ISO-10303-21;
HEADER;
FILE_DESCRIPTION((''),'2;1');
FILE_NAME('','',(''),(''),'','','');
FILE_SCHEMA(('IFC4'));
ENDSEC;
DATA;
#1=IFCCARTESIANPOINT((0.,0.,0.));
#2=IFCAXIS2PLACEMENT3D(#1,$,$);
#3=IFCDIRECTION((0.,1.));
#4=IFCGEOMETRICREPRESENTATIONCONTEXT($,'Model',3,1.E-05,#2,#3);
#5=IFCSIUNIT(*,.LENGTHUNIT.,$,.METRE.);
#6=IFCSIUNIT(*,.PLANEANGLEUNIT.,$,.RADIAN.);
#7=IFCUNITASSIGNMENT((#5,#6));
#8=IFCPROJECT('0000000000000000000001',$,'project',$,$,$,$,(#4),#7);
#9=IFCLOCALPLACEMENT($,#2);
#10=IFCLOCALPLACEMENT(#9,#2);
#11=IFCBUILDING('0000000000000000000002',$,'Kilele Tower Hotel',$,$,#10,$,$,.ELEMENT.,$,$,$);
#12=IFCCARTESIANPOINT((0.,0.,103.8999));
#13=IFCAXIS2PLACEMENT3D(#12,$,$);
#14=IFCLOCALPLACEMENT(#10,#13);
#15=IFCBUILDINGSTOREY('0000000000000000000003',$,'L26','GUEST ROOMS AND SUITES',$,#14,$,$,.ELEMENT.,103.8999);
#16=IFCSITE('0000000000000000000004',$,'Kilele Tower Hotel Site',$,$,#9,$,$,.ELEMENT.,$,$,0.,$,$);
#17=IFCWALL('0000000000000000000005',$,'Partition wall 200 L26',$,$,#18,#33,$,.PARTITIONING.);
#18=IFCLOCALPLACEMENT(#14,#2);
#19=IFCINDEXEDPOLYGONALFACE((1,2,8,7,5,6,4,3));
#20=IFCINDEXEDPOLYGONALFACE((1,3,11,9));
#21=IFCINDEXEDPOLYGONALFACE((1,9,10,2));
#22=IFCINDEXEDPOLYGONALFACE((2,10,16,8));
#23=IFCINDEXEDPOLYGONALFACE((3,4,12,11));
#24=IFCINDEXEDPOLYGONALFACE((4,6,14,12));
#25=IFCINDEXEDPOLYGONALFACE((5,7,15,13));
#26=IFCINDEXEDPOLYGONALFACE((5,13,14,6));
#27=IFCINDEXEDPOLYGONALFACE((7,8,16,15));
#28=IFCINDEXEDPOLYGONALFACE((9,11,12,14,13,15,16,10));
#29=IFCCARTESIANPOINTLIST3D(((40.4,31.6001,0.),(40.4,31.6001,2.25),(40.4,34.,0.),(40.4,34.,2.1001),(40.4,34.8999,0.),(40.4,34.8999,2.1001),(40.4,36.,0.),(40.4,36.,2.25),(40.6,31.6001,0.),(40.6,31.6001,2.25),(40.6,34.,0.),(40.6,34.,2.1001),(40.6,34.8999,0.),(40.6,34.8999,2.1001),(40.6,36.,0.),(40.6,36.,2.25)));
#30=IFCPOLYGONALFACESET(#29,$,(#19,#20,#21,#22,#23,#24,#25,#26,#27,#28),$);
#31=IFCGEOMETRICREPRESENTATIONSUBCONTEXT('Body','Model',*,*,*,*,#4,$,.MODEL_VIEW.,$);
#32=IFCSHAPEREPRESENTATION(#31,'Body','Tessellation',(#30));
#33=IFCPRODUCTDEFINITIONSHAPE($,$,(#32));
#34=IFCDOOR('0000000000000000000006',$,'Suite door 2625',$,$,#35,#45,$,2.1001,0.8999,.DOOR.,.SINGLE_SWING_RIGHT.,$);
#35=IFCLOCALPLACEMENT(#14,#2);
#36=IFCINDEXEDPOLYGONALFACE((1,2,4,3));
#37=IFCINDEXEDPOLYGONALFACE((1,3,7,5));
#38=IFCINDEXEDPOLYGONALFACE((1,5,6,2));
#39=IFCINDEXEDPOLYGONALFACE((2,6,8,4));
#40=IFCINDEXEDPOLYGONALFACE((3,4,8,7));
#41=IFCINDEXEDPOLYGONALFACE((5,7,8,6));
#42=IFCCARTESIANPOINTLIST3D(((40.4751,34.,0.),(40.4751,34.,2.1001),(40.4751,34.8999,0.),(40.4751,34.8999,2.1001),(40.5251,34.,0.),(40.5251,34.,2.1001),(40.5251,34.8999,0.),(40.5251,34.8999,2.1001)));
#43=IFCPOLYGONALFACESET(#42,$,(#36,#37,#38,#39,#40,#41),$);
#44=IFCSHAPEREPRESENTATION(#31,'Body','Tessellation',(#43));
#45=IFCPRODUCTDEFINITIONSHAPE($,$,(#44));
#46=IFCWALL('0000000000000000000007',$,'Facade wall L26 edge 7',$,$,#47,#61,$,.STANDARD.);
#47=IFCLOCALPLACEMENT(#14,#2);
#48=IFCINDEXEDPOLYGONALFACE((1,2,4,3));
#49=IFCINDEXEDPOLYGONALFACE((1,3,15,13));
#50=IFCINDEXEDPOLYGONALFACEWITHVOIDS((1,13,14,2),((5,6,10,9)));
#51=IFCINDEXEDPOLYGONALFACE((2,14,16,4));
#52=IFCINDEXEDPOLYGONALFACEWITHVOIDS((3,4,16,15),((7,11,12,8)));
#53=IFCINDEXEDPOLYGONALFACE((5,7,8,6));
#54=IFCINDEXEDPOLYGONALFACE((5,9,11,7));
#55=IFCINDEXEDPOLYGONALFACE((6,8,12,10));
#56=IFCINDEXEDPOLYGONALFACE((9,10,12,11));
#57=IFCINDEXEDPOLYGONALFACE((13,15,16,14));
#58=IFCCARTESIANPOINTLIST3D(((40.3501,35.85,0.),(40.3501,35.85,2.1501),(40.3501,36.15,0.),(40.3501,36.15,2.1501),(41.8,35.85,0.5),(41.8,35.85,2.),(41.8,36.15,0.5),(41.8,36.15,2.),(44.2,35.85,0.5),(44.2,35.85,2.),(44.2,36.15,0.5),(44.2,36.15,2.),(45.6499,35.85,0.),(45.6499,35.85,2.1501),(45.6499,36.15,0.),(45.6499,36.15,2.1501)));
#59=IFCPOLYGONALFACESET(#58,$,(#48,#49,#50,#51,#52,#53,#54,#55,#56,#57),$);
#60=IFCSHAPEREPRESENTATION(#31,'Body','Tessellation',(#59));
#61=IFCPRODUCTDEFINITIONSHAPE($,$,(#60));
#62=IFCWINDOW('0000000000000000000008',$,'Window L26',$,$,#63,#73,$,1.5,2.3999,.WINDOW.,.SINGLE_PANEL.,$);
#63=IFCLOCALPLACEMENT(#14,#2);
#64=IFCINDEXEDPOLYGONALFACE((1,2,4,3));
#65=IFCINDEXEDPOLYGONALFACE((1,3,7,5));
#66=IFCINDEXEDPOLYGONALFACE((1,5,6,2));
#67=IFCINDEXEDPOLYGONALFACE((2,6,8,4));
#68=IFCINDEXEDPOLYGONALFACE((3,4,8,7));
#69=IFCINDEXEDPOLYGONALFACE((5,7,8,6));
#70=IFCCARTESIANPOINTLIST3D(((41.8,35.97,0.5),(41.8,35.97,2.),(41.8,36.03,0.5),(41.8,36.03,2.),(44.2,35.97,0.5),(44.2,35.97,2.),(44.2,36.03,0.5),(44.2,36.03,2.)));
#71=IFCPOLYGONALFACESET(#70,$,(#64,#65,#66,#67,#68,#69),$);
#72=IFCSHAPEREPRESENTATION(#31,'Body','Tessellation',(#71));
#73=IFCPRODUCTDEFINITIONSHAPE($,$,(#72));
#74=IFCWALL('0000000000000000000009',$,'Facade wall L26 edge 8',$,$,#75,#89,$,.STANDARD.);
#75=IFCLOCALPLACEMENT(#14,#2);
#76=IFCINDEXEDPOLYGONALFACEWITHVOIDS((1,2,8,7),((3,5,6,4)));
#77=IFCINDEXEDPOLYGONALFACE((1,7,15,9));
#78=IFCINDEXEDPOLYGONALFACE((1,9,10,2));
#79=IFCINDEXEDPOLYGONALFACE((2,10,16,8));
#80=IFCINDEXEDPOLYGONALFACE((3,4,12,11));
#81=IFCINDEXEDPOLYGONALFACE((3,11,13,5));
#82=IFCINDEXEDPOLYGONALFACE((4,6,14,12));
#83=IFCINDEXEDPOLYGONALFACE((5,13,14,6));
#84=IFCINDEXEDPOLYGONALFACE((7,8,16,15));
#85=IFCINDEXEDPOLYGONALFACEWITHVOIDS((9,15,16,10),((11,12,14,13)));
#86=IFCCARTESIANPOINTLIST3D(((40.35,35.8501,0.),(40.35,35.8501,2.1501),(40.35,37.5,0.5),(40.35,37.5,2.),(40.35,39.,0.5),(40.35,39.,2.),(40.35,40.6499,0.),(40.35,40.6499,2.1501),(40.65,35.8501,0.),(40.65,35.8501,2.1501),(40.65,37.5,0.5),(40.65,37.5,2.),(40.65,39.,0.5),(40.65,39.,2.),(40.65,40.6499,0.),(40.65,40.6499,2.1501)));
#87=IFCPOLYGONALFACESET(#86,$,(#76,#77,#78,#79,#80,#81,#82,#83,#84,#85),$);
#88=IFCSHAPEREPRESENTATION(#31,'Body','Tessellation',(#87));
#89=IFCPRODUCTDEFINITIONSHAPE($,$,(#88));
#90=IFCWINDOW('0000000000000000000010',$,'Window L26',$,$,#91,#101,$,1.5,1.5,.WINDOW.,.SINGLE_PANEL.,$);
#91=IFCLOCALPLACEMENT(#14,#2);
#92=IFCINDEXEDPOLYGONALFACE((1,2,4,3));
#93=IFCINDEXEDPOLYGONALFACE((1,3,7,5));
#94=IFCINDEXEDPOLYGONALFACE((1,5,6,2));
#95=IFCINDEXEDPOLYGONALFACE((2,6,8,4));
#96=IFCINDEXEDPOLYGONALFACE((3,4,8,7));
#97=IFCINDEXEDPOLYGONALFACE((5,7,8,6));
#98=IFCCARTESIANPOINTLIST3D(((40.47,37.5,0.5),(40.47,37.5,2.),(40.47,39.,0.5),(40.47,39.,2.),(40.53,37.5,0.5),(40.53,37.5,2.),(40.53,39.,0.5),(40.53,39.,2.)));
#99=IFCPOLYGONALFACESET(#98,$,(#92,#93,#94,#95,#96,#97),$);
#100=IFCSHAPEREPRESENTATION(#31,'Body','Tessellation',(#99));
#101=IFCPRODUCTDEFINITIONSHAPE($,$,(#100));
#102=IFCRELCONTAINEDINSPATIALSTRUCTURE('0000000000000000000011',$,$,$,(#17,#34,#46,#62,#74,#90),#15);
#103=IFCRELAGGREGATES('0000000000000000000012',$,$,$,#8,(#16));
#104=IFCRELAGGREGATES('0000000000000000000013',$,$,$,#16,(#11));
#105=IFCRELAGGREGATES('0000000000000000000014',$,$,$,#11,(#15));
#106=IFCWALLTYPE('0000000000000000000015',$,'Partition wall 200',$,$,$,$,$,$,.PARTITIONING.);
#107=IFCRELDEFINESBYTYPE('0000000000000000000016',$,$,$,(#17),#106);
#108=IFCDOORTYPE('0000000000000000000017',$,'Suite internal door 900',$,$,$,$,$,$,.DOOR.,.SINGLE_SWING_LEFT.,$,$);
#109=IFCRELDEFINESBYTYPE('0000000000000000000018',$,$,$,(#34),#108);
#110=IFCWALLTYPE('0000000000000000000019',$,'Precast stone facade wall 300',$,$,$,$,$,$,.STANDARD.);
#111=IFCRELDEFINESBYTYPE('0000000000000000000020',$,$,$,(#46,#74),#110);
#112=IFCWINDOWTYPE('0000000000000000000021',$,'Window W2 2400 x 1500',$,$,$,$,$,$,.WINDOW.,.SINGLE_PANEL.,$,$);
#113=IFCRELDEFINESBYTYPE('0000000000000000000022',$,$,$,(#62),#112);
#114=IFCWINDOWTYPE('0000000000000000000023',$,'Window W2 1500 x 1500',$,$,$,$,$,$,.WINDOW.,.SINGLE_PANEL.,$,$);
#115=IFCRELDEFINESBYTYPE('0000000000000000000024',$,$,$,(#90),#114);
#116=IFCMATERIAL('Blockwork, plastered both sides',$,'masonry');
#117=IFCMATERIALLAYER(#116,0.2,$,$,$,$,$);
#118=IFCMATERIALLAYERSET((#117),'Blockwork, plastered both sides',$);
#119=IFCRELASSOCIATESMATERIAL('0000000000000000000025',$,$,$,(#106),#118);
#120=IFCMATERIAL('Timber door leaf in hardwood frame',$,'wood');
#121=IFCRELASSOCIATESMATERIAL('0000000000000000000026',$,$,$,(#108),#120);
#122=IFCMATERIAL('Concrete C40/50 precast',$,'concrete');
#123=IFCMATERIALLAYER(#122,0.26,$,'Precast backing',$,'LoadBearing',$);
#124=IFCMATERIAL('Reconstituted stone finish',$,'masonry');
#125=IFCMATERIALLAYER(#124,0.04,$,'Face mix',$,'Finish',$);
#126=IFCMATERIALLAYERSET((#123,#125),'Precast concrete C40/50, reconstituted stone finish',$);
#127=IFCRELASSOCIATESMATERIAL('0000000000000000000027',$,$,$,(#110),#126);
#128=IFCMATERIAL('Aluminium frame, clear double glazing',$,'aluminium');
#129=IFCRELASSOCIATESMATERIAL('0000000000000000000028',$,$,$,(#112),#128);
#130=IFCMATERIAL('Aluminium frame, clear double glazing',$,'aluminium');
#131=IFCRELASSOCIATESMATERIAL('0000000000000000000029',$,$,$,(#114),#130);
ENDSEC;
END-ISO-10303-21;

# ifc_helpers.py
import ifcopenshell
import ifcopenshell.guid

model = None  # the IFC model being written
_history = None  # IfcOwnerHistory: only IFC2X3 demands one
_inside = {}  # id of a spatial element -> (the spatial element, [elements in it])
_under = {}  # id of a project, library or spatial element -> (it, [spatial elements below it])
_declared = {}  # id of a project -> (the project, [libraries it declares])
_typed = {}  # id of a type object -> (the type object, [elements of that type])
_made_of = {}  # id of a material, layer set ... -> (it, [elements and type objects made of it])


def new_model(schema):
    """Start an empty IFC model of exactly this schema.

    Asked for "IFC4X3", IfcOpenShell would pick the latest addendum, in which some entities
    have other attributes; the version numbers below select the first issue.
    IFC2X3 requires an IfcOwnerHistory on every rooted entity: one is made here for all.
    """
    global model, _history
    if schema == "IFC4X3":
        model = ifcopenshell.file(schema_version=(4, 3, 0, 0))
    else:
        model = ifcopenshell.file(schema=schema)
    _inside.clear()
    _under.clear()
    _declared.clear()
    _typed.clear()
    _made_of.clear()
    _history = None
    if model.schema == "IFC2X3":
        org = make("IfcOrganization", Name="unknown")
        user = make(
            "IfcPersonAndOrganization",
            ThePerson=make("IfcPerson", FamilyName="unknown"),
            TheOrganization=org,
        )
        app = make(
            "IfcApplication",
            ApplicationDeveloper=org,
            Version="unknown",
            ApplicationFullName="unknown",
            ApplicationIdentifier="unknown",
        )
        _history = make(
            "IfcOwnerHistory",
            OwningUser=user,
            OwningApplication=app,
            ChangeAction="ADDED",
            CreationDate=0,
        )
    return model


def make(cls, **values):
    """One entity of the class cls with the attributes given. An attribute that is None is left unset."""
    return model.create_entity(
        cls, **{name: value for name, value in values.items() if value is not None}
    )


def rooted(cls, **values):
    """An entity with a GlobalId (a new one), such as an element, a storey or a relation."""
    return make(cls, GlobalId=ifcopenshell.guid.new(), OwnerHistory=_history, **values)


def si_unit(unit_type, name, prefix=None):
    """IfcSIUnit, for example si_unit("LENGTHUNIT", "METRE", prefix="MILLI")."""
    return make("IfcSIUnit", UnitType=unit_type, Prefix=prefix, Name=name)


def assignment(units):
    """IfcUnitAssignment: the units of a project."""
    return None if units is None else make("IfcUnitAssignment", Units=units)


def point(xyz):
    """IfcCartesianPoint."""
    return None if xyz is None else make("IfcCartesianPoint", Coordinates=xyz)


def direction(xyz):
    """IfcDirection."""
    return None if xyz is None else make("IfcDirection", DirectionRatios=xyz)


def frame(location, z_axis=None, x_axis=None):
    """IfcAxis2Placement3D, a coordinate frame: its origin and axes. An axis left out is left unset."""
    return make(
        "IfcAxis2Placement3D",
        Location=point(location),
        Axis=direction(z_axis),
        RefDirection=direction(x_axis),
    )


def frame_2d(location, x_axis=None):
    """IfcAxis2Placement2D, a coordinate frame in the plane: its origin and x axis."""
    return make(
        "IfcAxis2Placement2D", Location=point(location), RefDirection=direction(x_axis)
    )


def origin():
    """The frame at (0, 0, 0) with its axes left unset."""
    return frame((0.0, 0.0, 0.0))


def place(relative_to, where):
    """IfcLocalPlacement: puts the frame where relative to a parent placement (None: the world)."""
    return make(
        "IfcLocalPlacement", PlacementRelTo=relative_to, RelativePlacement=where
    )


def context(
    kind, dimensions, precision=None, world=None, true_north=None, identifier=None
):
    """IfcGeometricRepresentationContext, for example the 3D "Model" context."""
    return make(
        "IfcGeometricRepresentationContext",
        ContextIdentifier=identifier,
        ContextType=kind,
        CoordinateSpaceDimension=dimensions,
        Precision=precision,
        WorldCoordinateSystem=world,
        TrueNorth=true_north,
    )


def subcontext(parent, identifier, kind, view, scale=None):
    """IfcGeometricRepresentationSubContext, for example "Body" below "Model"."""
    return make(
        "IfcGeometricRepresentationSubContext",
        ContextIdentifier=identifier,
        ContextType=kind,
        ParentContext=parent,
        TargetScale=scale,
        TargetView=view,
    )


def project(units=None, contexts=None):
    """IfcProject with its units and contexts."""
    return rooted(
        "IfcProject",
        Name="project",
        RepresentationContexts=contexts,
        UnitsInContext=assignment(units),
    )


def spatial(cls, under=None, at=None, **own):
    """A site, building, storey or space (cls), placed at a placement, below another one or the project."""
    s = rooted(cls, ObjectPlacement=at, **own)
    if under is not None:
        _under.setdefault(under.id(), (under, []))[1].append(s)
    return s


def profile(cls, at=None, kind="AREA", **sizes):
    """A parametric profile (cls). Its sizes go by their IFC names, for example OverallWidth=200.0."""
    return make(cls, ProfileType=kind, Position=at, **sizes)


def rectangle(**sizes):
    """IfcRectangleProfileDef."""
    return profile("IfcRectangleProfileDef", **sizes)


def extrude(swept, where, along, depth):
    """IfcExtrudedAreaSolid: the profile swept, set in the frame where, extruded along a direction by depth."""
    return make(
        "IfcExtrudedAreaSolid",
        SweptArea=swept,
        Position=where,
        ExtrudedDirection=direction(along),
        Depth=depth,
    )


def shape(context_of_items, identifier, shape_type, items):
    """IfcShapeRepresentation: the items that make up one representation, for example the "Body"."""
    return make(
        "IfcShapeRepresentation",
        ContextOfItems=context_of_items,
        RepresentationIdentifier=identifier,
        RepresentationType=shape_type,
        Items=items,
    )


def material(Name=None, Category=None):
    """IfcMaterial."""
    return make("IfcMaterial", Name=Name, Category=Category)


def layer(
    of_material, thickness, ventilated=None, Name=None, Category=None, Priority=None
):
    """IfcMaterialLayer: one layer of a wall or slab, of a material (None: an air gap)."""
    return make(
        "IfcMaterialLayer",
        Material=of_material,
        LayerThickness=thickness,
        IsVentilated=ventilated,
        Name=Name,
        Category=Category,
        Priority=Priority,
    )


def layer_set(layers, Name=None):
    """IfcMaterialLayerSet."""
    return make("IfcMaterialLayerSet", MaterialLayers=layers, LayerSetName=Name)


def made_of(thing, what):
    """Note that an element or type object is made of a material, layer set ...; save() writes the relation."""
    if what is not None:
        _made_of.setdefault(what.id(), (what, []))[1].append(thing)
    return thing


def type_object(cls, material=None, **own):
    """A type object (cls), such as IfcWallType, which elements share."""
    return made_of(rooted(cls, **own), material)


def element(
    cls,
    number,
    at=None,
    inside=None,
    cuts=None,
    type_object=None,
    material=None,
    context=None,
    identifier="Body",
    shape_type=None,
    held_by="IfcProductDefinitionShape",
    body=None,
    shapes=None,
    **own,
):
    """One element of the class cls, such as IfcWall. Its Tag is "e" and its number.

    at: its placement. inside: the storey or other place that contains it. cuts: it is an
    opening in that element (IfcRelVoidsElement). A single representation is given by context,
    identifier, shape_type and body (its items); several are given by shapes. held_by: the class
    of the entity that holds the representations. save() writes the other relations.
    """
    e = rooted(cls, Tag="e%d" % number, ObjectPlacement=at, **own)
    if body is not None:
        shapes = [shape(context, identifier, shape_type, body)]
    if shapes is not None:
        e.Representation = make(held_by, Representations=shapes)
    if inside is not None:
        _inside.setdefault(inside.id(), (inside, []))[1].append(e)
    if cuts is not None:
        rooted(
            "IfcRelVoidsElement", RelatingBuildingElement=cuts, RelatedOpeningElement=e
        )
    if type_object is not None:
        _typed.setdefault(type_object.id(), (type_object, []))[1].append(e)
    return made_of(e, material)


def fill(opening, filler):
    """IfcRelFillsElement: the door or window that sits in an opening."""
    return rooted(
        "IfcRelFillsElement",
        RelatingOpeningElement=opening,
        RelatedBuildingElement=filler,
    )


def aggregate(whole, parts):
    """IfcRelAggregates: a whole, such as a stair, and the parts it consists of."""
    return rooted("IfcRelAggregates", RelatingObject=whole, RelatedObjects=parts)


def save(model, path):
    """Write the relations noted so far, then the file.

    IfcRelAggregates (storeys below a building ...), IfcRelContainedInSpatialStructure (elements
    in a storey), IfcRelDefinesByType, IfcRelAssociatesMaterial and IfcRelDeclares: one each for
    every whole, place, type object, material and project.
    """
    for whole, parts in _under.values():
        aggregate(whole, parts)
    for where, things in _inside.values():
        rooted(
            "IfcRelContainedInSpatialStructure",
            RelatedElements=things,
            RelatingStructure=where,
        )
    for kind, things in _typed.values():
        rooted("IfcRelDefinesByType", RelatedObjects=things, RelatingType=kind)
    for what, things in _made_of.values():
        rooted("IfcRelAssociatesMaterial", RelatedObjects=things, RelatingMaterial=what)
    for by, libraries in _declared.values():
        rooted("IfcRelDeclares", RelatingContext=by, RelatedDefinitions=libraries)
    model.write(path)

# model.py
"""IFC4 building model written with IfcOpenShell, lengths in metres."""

from ifc_helpers import new_model, si_unit, direction, frame, frame_2d, origin, place, context, subcontext, project, spatial, rectangle, extrude, material, layer, layer_set, type_object, element, fill, save


model = new_model("IFC4")

# Units and contexts
model_context = context("Model", 3, precision=1e-05, world=origin(), true_north=direction((0.0, 1.0)))
body_context = subcontext(model_context, "Body", "Model", "MODEL_VIEW")
ifc_project = project(units=[si_unit("LENGTHUNIT", "METRE"), si_unit("PLANEANGLEUNIT", "RADIAN")], contexts=[model_context])

# Site, building, storey
site_placement = place(None, origin())
site = spatial("IfcSite", under=ifc_project, at=site_placement, Name="Kilele Tower Hotel Site", CompositionType="ELEMENT", RefElevation=0.0)
building_placement = place(site_placement, origin())
building = spatial("IfcBuilding", under=site, at=building_placement, Name="Kilele Tower Hotel", CompositionType="ELEMENT")
storey_placement = place(building_placement, frame((0.0, 0.0, 103.8999)))
storey = spatial("IfcBuildingStorey", under=building, at=storey_placement, Name="L26", Description="GUEST ROOMS AND SUITES", CompositionType="ELEMENT", Elevation=103.8999)

# Wall, opening, door
ifc_material_1 = material(Name="Blockwork, plastered both sides", Category="masonry")
ifc_layer_1 = layer(ifc_material_1, 0.2)
ifc_layer_set_1 = layer_set([ifc_layer_1], Name="Blockwork, plastered both sides")
wall_type_1 = type_object("IfcWallType", Name="Partition wall 200", PredefinedType="PARTITIONING", material=ifc_layer_set_1)
wall_1_placement = place(storey_placement, frame((40.5, 31.6001, 0.0), z_axis=(0.0, 0.0, 1.0), x_axis=(0.0, 1.0, 0.0)))
wall_1 = element("IfcWall", 1, at=wall_1_placement, inside=storey, type_object=wall_type_1, Name="Partition wall 200 L26", PredefinedType="PARTITIONING", context=body_context, shape_type="SweptSolid", body=[
    extrude(rectangle(XDim=4.3999, YDim=0.2, at=frame_2d((2.2, 0.0))), origin(), (0.0, 0.0, 1.0), 2.25),
])
opening_1_placement = place(wall_1_placement, frame((2.3999, 0.0, 0.0)))
opening_1 = element("IfcOpeningElement", 2, at=opening_1_placement, cuts=wall_1, PredefinedType="OPENING", context=body_context, shape_type="SweptSolid", body=[
    extrude(rectangle(XDim=0.8999, YDim=2.1001, at=frame_2d((0.45, 1.05))), frame((0.0, 0.1099, 0.0), z_axis=(0.0, -1.0, 0.0), x_axis=(1.0, 0.0, 0.0)), (0.0, 0.0, 1.0), 0.22),
])
ifc_material_2 = material(Name="Timber door leaf in hardwood frame", Category="wood")
door_type_1 = type_object("IfcDoorType", Name="Suite internal door 900", OperationType="SINGLE_SWING_LEFT", PredefinedType="DOOR", material=ifc_material_2)
door_1_placement = place(opening_1_placement, origin())
door_1 = element("IfcDoor", 3, at=door_1_placement, inside=storey, type_object=door_type_1, Name="Suite door 2625", OperationType="SINGLE_SWING_RIGHT", OverallHeight=2.1001, OverallWidth=0.8999, PredefinedType="DOOR", context=body_context, shape_type="SweptSolid", body=[
    extrude(rectangle(XDim=0.8999, YDim=2.1001, at=frame_2d((0.45, 1.05))), frame((0.0, 0.0249, 0.0), z_axis=(0.0, -1.0, 0.0), x_axis=(1.0, 0.0, 0.0)), (0.0, 0.0, 1.0), 0.05),
])
fill(opening_1, door_1)

# Walls, openings, windows
ifc_material_3 = material(Name="Concrete C40/50 precast", Category="concrete")
ifc_layer_2 = layer(ifc_material_3, 0.26, Name="Precast backing", Category="LoadBearing")
ifc_material_4 = material(Name="Reconstituted stone finish", Category="masonry")
ifc_layer_3 = layer(ifc_material_4, 0.04, Name="Face mix", Category="Finish")
ifc_layer_set_2 = layer_set([ifc_layer_2, ifc_layer_3], Name="Precast concrete C40/50, reconstituted stone finish")
wall_type_2 = type_object("IfcWallType", Name="Precast stone facade wall 300", PredefinedType="STANDARD", material=ifc_layer_set_2)
wall_2_placement = place(storey_placement, frame((45.6499, 36.0, 0.0), z_axis=(0.0, 0.0, 1.0), x_axis=(-1.0, 0.0, 0.0)))
wall_2 = element("IfcWall", 4, at=wall_2_placement, inside=storey, type_object=wall_type_2, Name="Facade wall L26 edge 7", PredefinedType="STANDARD", context=body_context, shape_type="SweptSolid", body=[
    extrude(rectangle(XDim=5.2998, YDim=0.3, at=frame_2d((2.6499, 0.0))), origin(), (0.0, 0.0, 1.0), 2.1501),
])
opening_2_placement = place(wall_2_placement, frame((1.45, 0.0, 0.5)))
opening_2 = element("IfcOpeningElement", 5, at=opening_2_placement, cuts=wall_2, PredefinedType="OPENING", context=body_context, shape_type="SweptSolid", body=[
    extrude(rectangle(XDim=2.3999, YDim=1.5, at=frame_2d((1.2, 0.75))), frame((0.0, 0.1599, 0.0), z_axis=(0.0, -1.0, 0.0), x_axis=(1.0, 0.0, 0.0)), (0.0, 0.0, 1.0), 0.3201),
])
ifc_material_5 = material(Name="Aluminium frame, clear double glazing", Category="aluminium")
window_type_1 = type_object("IfcWindowType", Name="Window W2 2400 x 1500", PartitioningType="SINGLE_PANEL", PredefinedType="WINDOW", material=ifc_material_5)
window_1_placement = place(opening_2_placement, origin())
window_1 = element("IfcWindow", 6, at=window_1_placement, inside=storey, type_object=window_type_1, Name="Window L26", OverallHeight=1.5, OverallWidth=2.3999, PartitioningType="SINGLE_PANEL", PredefinedType="WINDOW", context=body_context, shape_type="SweptSolid", body=[
    extrude(rectangle(XDim=2.3999, YDim=1.5, at=frame_2d((1.2, 0.75))), frame((0.0, 0.03, 0.0), z_axis=(0.0, -1.0, 0.0), x_axis=(1.0, 0.0, 0.0)), (0.0, 0.0, 1.0), 0.0601),
])
fill(opening_2, window_1)
wall_3_placement = place(storey_placement, frame((40.5, 35.8501, 0.0), z_axis=(0.0, 0.0, 1.0), x_axis=(0.0, 1.0, 0.0)))
wall_3 = element("IfcWall", 7, at=wall_3_placement, inside=storey, type_object=wall_type_2, Name="Facade wall L26 edge 8", PredefinedType="STANDARD", context=body_context, shape_type="SweptSolid", body=[
    extrude(rectangle(XDim=4.7998, YDim=0.3, at=frame_2d((2.3999, 0.0))), origin(), (0.0, 0.0, 1.0), 2.1501),
])
opening_3_placement = place(wall_3_placement, frame((1.6499, 0.0, 0.5)))
opening_3 = element("IfcOpeningElement", 8, at=opening_3_placement, cuts=wall_3, PredefinedType="OPENING", context=body_context, shape_type="SweptSolid", body=[
    extrude(rectangle(XDim=1.5, YDim=1.5, at=frame_2d((0.75, 0.75))), frame((0.0, 0.1599, 0.0), z_axis=(0.0, -1.0, 0.0), x_axis=(1.0, 0.0, 0.0)), (0.0, 0.0, 1.0), 0.3201),
])
ifc_material_6 = material(Name="Aluminium frame, clear double glazing", Category="aluminium")
window_type_2 = type_object("IfcWindowType", Name="Window W2 1500 x 1500", PartitioningType="SINGLE_PANEL", PredefinedType="WINDOW", material=ifc_material_6)
window_2_placement = place(opening_3_placement, origin())
window_2 = element("IfcWindow", 9, at=window_2_placement, inside=storey, type_object=window_type_2, Name="Window L26", OverallHeight=1.5, OverallWidth=1.5, PartitioningType="SINGLE_PANEL", PredefinedType="WINDOW", context=body_context, shape_type="SweptSolid", body=[
    extrude(rectangle(XDim=1.5, YDim=1.5, at=frame_2d((0.75, 0.75))), frame((0.0, 0.03, 0.0), z_axis=(0.0, -1.0, 0.0), x_axis=(1.0, 0.0, 0.0)), (0.0, 0.0, 1.0), 0.0601),
])
fill(opening_3, window_2)

save(model, "model.ifc")
